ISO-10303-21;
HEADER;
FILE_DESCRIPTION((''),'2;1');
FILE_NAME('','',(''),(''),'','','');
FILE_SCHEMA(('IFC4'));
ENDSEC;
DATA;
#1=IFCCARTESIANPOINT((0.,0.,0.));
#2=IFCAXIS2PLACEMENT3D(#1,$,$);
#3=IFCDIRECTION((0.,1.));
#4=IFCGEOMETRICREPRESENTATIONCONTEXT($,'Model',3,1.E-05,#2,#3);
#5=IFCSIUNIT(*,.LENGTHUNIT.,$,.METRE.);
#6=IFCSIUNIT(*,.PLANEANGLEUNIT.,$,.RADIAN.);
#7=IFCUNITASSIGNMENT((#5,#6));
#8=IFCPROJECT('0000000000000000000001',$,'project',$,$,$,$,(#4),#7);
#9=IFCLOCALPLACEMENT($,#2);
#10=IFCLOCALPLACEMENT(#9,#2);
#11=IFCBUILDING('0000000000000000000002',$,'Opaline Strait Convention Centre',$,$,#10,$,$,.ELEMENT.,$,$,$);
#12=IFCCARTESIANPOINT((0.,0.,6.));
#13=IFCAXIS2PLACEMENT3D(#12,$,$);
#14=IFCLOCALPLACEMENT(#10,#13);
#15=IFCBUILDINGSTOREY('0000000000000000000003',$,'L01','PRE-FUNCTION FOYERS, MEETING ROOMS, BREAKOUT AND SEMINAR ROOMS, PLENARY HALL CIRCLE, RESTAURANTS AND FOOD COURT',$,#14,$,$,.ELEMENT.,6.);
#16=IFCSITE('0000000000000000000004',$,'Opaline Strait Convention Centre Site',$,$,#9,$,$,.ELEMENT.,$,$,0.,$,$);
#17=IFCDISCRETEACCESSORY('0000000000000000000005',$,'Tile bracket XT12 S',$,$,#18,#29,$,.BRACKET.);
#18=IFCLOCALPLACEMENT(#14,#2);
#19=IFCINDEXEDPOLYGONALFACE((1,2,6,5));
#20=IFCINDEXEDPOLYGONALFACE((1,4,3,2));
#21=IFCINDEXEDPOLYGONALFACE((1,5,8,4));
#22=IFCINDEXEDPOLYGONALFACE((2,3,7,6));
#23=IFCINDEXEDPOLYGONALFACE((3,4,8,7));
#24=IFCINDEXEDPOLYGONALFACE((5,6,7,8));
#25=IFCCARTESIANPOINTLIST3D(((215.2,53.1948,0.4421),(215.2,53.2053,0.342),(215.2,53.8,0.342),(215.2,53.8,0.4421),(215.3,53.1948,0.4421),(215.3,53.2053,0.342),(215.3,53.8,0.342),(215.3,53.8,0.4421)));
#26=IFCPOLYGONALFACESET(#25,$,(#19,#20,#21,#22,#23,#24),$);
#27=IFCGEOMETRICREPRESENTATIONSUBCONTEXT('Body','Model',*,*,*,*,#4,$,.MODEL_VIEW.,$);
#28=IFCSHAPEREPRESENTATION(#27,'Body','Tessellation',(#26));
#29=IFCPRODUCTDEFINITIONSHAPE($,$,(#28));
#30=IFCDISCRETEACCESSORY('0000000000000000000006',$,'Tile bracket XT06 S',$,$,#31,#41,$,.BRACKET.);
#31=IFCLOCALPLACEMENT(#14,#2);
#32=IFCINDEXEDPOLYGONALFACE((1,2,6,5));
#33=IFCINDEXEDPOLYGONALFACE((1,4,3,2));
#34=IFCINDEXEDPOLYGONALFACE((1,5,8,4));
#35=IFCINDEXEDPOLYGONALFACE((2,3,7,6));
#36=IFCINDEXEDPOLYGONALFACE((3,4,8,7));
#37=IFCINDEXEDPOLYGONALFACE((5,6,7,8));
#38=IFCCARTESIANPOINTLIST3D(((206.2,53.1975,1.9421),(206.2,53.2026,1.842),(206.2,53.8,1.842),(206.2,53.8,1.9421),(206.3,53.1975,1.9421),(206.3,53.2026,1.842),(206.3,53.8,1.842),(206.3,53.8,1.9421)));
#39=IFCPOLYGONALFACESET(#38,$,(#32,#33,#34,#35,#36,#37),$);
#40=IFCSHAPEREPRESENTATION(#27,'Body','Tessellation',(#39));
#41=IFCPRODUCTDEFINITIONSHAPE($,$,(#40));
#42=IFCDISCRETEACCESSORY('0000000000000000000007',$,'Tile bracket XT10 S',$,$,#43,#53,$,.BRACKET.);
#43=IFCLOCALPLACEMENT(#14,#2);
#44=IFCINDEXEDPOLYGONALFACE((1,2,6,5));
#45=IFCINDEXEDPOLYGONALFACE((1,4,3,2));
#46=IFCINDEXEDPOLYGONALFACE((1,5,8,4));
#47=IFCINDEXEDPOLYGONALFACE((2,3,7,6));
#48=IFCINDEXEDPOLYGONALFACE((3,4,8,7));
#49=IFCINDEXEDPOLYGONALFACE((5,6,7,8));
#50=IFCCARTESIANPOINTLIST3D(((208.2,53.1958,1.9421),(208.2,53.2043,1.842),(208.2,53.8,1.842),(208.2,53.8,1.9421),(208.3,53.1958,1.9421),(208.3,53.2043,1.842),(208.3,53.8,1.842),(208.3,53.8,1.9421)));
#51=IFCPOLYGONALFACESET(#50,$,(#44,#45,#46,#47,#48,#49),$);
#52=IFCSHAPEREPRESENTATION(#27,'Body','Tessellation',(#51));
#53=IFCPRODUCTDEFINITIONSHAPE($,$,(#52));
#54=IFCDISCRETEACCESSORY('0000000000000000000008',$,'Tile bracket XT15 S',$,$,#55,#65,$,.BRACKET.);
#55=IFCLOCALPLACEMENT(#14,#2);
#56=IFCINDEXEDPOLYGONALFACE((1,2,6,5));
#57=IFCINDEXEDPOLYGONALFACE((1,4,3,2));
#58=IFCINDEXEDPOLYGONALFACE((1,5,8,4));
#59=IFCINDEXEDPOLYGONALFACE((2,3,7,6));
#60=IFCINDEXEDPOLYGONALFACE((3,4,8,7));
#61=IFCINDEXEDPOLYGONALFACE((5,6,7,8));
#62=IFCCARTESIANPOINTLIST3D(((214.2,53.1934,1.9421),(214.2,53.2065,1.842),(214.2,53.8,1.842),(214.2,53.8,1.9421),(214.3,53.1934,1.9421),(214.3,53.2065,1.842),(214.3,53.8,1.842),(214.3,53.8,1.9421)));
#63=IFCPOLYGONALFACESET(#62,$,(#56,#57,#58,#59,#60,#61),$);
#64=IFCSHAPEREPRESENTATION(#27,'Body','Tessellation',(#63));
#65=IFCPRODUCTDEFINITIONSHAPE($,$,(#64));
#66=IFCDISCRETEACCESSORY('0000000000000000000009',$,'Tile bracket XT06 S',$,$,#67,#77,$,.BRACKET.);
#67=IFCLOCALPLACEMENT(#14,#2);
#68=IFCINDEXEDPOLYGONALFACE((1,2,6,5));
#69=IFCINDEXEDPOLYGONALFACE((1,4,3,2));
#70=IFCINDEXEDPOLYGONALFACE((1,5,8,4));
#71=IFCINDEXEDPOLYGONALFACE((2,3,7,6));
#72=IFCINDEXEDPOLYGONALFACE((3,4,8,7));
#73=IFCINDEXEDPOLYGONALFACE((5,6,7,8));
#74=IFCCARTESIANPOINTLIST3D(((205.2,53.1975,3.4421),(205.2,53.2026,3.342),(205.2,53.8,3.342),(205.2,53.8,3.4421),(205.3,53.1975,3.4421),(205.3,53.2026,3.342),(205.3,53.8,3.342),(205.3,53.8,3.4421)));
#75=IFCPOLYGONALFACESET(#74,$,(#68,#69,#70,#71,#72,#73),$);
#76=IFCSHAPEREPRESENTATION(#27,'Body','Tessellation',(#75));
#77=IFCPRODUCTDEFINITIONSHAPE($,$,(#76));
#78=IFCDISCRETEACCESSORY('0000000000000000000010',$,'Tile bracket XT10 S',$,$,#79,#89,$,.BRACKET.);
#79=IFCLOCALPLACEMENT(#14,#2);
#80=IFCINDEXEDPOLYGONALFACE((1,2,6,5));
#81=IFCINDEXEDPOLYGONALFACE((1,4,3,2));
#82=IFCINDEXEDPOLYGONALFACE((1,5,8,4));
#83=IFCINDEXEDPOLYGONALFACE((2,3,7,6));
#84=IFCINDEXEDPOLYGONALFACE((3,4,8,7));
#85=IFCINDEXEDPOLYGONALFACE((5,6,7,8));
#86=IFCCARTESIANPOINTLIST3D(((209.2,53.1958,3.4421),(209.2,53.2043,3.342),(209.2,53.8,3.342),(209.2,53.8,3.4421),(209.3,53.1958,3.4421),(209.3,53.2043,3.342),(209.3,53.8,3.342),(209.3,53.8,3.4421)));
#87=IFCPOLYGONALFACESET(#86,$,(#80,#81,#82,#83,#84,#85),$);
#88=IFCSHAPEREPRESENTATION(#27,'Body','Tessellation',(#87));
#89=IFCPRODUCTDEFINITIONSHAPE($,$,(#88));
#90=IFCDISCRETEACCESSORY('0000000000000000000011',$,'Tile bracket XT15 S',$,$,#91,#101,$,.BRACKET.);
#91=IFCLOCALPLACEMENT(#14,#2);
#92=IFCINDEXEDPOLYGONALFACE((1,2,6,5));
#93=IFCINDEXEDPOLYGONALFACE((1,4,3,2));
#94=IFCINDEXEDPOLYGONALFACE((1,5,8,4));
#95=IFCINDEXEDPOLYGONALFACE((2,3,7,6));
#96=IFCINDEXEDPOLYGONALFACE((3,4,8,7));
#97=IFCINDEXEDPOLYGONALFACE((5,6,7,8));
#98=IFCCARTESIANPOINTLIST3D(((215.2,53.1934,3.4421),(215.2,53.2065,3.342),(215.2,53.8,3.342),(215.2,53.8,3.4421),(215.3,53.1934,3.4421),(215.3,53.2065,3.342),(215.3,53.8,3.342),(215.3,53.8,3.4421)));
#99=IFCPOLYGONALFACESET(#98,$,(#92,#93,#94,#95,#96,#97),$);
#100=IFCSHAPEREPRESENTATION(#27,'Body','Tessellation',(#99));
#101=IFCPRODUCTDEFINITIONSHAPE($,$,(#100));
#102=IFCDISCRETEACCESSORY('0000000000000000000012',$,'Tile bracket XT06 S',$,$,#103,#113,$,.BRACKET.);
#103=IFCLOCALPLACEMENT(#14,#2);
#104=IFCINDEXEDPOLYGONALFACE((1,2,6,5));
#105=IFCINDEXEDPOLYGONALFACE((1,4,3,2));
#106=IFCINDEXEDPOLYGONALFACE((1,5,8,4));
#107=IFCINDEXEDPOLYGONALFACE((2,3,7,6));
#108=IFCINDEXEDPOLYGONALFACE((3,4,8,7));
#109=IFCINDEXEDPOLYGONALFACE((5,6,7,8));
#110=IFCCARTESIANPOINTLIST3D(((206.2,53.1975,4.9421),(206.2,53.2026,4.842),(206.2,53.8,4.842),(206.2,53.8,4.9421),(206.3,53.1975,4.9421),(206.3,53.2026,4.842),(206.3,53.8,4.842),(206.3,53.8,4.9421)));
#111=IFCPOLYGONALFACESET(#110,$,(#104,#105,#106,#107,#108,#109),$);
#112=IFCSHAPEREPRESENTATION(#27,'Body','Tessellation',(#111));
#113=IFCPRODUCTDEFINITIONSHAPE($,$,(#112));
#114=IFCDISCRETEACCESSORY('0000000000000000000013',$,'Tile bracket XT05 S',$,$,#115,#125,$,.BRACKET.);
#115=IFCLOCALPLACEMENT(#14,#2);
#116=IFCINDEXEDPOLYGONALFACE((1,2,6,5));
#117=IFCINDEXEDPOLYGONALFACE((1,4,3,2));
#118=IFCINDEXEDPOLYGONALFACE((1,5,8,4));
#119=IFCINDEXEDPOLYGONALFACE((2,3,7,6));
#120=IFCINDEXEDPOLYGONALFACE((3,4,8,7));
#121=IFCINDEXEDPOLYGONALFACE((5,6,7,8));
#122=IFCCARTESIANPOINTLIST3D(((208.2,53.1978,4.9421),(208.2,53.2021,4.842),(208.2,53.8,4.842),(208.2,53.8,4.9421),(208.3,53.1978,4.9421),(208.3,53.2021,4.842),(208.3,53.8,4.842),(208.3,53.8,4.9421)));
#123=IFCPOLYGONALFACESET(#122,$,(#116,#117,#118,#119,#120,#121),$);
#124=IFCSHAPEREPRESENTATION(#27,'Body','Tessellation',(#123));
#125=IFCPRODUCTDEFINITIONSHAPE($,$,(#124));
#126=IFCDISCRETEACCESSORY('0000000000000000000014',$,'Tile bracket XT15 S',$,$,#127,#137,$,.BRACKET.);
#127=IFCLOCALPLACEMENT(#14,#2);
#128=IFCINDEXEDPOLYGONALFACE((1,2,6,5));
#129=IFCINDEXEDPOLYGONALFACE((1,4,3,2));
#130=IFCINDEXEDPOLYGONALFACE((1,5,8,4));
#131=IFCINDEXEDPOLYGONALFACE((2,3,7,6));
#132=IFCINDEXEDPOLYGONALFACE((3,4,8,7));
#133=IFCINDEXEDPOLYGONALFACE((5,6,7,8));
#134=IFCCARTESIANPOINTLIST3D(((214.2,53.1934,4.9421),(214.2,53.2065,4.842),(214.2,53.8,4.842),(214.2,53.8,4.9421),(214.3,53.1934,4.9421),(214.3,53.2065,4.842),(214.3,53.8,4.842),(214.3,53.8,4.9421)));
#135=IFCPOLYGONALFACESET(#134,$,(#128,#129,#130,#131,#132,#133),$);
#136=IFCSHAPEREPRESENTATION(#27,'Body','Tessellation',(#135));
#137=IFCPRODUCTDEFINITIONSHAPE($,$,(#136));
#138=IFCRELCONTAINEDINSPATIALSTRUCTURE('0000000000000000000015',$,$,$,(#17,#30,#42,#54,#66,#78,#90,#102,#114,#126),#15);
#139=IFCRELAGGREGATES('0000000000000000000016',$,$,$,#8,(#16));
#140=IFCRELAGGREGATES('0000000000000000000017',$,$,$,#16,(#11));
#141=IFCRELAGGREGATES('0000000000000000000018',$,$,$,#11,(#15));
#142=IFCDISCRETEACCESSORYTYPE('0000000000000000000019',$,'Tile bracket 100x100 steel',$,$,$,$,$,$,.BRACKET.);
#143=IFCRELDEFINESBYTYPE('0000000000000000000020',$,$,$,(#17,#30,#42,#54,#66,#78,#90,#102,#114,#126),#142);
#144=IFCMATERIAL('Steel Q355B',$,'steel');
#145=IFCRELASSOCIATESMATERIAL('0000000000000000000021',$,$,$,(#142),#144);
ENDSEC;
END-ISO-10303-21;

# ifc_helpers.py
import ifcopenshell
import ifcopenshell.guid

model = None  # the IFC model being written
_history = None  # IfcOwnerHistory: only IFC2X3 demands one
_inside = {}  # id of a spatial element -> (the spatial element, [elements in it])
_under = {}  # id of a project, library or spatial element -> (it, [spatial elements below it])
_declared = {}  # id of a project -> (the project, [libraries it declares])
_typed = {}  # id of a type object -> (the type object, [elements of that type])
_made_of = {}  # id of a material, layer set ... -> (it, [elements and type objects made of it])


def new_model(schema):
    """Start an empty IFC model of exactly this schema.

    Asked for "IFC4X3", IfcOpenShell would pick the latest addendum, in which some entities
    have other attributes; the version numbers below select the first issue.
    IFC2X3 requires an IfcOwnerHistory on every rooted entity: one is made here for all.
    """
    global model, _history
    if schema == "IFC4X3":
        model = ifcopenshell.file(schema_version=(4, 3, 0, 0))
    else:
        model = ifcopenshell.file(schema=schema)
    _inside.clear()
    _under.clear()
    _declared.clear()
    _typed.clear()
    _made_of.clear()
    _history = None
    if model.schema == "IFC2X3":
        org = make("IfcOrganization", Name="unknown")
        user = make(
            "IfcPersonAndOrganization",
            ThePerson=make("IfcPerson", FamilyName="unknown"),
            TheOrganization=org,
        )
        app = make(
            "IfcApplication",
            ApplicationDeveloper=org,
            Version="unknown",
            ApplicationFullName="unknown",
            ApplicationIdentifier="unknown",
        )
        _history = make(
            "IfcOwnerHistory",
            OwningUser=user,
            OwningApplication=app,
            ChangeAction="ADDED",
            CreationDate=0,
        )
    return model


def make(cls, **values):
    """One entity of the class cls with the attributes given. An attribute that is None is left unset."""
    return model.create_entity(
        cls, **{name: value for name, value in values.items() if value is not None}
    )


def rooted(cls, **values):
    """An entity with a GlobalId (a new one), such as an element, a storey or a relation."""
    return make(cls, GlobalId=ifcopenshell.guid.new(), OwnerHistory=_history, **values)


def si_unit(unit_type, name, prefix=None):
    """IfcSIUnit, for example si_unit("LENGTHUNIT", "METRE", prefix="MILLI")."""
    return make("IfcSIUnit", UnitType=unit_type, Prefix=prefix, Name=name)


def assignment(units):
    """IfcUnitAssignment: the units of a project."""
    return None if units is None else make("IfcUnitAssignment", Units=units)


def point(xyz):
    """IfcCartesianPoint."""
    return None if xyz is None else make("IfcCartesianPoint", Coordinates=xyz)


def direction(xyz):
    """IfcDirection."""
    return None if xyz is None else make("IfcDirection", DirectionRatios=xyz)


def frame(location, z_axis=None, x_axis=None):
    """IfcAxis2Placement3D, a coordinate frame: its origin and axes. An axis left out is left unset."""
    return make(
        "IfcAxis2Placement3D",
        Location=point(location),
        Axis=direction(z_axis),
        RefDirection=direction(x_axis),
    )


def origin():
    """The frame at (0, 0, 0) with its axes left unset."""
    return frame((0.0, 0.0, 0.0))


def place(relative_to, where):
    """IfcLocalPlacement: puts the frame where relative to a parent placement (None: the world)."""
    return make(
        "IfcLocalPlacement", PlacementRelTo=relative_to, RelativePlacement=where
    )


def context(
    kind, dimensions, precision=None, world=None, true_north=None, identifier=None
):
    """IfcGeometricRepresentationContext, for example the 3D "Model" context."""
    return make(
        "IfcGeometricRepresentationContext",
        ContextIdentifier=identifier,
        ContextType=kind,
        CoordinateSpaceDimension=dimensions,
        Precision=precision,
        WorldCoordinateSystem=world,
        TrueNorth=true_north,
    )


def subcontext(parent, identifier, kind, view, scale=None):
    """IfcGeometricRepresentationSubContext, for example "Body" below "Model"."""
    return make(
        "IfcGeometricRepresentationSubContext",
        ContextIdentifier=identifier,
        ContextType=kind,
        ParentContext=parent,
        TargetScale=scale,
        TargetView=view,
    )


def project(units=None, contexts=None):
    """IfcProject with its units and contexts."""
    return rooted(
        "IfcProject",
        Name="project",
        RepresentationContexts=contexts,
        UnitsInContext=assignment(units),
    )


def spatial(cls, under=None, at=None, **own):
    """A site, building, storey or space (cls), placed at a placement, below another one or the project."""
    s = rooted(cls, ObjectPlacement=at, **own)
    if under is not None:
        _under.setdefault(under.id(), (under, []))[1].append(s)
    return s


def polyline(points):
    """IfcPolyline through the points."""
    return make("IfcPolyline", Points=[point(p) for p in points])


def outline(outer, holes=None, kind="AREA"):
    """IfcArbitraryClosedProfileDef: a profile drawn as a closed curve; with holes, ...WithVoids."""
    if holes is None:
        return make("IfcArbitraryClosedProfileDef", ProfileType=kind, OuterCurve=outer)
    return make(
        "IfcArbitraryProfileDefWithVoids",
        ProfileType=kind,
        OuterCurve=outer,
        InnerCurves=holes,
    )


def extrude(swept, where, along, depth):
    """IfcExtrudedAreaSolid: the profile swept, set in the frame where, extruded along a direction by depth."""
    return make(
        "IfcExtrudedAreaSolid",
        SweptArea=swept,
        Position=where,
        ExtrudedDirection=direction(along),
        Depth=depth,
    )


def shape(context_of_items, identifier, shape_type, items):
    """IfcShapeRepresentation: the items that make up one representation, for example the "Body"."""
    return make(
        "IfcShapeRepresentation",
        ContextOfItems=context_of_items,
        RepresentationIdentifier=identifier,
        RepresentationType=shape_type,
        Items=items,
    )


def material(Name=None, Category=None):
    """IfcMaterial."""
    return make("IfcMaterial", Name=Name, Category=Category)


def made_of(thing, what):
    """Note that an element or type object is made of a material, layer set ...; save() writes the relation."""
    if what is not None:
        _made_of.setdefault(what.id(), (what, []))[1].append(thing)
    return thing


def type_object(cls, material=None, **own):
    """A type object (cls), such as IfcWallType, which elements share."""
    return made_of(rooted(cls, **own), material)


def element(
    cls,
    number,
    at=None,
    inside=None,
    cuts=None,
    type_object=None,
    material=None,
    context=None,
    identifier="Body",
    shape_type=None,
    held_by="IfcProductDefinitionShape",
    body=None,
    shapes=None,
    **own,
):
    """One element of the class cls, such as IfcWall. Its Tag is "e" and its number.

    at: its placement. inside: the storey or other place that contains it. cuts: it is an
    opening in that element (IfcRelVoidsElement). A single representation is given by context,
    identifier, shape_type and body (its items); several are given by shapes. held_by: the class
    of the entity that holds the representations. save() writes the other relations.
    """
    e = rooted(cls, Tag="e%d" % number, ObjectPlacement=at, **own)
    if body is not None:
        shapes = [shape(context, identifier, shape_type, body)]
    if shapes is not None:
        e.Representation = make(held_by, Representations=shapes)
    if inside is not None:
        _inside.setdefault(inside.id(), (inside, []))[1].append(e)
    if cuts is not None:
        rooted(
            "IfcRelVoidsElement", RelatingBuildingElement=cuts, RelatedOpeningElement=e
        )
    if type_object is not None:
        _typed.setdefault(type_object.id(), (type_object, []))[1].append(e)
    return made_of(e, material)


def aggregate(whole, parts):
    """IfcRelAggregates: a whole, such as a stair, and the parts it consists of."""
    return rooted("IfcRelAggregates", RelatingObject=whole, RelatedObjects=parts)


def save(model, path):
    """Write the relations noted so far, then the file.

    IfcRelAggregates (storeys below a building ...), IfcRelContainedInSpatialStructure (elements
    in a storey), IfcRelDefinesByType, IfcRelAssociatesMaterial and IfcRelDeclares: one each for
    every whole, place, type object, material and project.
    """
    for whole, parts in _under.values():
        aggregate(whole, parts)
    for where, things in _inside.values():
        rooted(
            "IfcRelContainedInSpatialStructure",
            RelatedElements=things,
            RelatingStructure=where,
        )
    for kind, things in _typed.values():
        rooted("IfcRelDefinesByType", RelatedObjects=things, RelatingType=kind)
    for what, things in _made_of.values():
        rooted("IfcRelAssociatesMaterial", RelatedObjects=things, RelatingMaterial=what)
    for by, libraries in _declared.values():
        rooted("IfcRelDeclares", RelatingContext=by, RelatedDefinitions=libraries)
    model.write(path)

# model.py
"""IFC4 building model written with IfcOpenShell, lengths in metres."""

from ifc_helpers import new_model, si_unit, direction, frame, origin, place, context, subcontext, project, spatial, polyline, outline, extrude, material, type_object, element, save


model = new_model("IFC4")

# Units and contexts
model_context = context("Model", 3, precision=1e-05, world=origin(), true_north=direction((0.0, 1.0)))
body_context = subcontext(model_context, "Body", "Model", "MODEL_VIEW")
ifc_project = project(units=[si_unit("LENGTHUNIT", "METRE"), si_unit("PLANEANGLEUNIT", "RADIAN")], contexts=[model_context])

# Site, building, storey
site_placement = place(None, origin())
site = spatial("IfcSite", under=ifc_project, at=site_placement, Name="Opaline Strait Convention Centre Site", CompositionType="ELEMENT", RefElevation=0.0)
building_placement = place(site_placement, origin())
building = spatial("IfcBuilding", under=site, at=building_placement, Name="Opaline Strait Convention Centre", CompositionType="ELEMENT")
storey_placement = place(building_placement, frame((0.0, 0.0, 6.0)))
storey = spatial("IfcBuildingStorey", under=building, at=storey_placement, Name="L01", Description="PRE-FUNCTION FOYERS, MEETING ROOMS, BREAKOUT AND SEMINAR ROOMS, PLENARY HALL CIRCLE, RESTAURANTS AND FOOD COURT", CompositionType="ELEMENT", Elevation=6.0)

# Discrete accessories
ifc_material_1 = material(Name="Steel Q355B", Category="steel")
discrete_accessory_type = type_object("IfcDiscreteAccessoryType", Name="Tile bracket 100x100 steel", PredefinedType="BRACKET", material=ifc_material_1)
discrete_accessory_1_placement = place(storey_placement, frame((215.2, 53.8, 0.3921), z_axis=(1.0, 0.0, 0.0), x_axis=(0.0, 1.0, 0.0)))
element("IfcDiscreteAccessory", 1, at=discrete_accessory_1_placement, inside=storey, type_object=discrete_accessory_type, Name="Tile bracket XT12 S", PredefinedType="BRACKET", context=body_context, shape_type="SweptSolid", body=[
    extrude(outline(polyline([(0.0, -0.05), (0.0, 0.05), (-0.6052, 0.05), (-0.5947, -0.05), (0.0, -0.05)])), origin(), (0.0, 0.0, 1.0), 0.1001),
])
discrete_accessory_2_placement = place(storey_placement, frame((206.2, 53.8, 1.8921), z_axis=(1.0, 0.0, 0.0), x_axis=(0.0, 1.0, 0.0)))
element("IfcDiscreteAccessory", 2, at=discrete_accessory_2_placement, inside=storey, type_object=discrete_accessory_type, Name="Tile bracket XT06 S", PredefinedType="BRACKET", context=body_context, shape_type="SweptSolid", body=[
    extrude(outline(polyline([(0.0, -0.05), (0.0, 0.05), (-0.6025, 0.05), (-0.5974, -0.05), (0.0, -0.05)])), origin(), (0.0, 0.0, 1.0), 0.1001),
])
discrete_accessory_3_placement = place(storey_placement, frame((208.2, 53.8, 1.8921), z_axis=(1.0, 0.0, 0.0), x_axis=(0.0, 1.0, 0.0)))
element("IfcDiscreteAccessory", 3, at=discrete_accessory_3_placement, inside=storey, type_object=discrete_accessory_type, Name="Tile bracket XT10 S", PredefinedType="BRACKET", context=body_context, shape_type="SweptSolid", body=[
    extrude(outline(polyline([(0.0, -0.05), (0.0, 0.05), (-0.6042, 0.05), (-0.5957, -0.05), (0.0, -0.05)])), origin(), (0.0, 0.0, 1.0), 0.1001),
])
discrete_accessory_4_placement = place(storey_placement, frame((214.2, 53.8, 1.8921), z_axis=(1.0, 0.0, 0.0), x_axis=(0.0, 1.0, 0.0)))
element("IfcDiscreteAccessory", 4, at=discrete_accessory_4_placement, inside=storey, type_object=discrete_accessory_type, Name="Tile bracket XT15 S", PredefinedType="BRACKET", context=body_context, shape_type="SweptSolid", body=[
    extrude(outline(polyline([(0.0, -0.05), (0.0, 0.05), (-0.6067, 0.05), (-0.5935, -0.05), (0.0, -0.05)])), origin(), (0.0, 0.0, 1.0), 0.1001),
])
discrete_accessory_5_placement = place(storey_placement, frame((205.2, 53.8, 3.3921), z_axis=(1.0, 0.0, 0.0), x_axis=(0.0, 1.0, 0.0)))
element("IfcDiscreteAccessory", 5, at=discrete_accessory_5_placement, inside=storey, type_object=discrete_accessory_type, Name="Tile bracket XT06 S", PredefinedType="BRACKET", context=body_context, shape_type="SweptSolid", body=[
    extrude(outline(polyline([(0.0, -0.05), (0.0, 0.05), (-0.6025, 0.05), (-0.5974, -0.05), (0.0, -0.05)])), origin(), (0.0, 0.0, 1.0), 0.1001),
])
discrete_accessory_6_placement = place(storey_placement, frame((209.2, 53.8, 3.3921), z_axis=(1.0, 0.0, 0.0), x_axis=(0.0, 1.0, 0.0)))
element("IfcDiscreteAccessory", 6, at=discrete_accessory_6_placement, inside=storey, type_object=discrete_accessory_type, Name="Tile bracket XT10 S", PredefinedType="BRACKET", context=body_context, shape_type="SweptSolid", body=[
    extrude(outline(polyline([(0.0, -0.05), (0.0, 0.05), (-0.6042, 0.05), (-0.5957, -0.05), (0.0, -0.05)])), origin(), (0.0, 0.0, 1.0), 0.1001),
])
discrete_accessory_7_placement = place(storey_placement, frame((215.2, 53.8, 3.3921), z_axis=(1.0, 0.0, 0.0), x_axis=(0.0, 1.0, 0.0)))
element("IfcDiscreteAccessory", 7, at=discrete_accessory_7_placement, inside=storey, type_object=discrete_accessory_type, Name="Tile bracket XT15 S", PredefinedType="BRACKET", context=body_context, shape_type="SweptSolid", body=[
    extrude(outline(polyline([(0.0, -0.05), (0.0, 0.05), (-0.6067, 0.05), (-0.5935, -0.05), (0.0, -0.05)])), origin(), (0.0, 0.0, 1.0), 0.1001),
])
discrete_accessory_8_placement = place(storey_placement, frame((206.2, 53.8, 4.8921), z_axis=(1.0, 0.0, 0.0), x_axis=(0.0, 1.0, 0.0)))
element("IfcDiscreteAccessory", 8, at=discrete_accessory_8_placement, inside=storey, type_object=discrete_accessory_type, Name="Tile bracket XT06 S", PredefinedType="BRACKET", context=body_context, shape_type="SweptSolid", body=[
    extrude(outline(polyline([(0.0, -0.05), (0.0, 0.05), (-0.6025, 0.05), (-0.5974, -0.05), (0.0, -0.05)])), origin(), (0.0, 0.0, 1.0), 0.1001),
])
discrete_accessory_9_placement = place(storey_placement, frame((208.2, 53.8, 4.8921), z_axis=(1.0, 0.0, 0.0), x_axis=(0.0, 1.0, 0.0)))
element("IfcDiscreteAccessory", 9, at=discrete_accessory_9_placement, inside=storey, type_object=discrete_accessory_type, Name="Tile bracket XT05 S", PredefinedType="BRACKET", context=body_context, shape_type="SweptSolid", body=[
    extrude(outline(polyline([(0.0, -0.05), (0.0, 0.05), (-0.6023, 0.05), (-0.5979, -0.05), (0.0, -0.05)])), origin(), (0.0, 0.0, 1.0), 0.1001),
])
discrete_accessory_10_placement = place(storey_placement, frame((214.2, 53.8, 4.8921), z_axis=(1.0, 0.0, 0.0), x_axis=(0.0, 1.0, 0.0)))
element("IfcDiscreteAccessory", 10, at=discrete_accessory_10_placement, inside=storey, type_object=discrete_accessory_type, Name="Tile bracket XT15 S", PredefinedType="BRACKET", context=body_context, shape_type="SweptSolid", body=[
    extrude(outline(polyline([(0.0, -0.05), (0.0, 0.05), (-0.6067, 0.05), (-0.5935, -0.05), (0.0, -0.05)])), origin(), (0.0, 0.0, 1.0), 0.1001),
])

save(model, "model.ifc")
